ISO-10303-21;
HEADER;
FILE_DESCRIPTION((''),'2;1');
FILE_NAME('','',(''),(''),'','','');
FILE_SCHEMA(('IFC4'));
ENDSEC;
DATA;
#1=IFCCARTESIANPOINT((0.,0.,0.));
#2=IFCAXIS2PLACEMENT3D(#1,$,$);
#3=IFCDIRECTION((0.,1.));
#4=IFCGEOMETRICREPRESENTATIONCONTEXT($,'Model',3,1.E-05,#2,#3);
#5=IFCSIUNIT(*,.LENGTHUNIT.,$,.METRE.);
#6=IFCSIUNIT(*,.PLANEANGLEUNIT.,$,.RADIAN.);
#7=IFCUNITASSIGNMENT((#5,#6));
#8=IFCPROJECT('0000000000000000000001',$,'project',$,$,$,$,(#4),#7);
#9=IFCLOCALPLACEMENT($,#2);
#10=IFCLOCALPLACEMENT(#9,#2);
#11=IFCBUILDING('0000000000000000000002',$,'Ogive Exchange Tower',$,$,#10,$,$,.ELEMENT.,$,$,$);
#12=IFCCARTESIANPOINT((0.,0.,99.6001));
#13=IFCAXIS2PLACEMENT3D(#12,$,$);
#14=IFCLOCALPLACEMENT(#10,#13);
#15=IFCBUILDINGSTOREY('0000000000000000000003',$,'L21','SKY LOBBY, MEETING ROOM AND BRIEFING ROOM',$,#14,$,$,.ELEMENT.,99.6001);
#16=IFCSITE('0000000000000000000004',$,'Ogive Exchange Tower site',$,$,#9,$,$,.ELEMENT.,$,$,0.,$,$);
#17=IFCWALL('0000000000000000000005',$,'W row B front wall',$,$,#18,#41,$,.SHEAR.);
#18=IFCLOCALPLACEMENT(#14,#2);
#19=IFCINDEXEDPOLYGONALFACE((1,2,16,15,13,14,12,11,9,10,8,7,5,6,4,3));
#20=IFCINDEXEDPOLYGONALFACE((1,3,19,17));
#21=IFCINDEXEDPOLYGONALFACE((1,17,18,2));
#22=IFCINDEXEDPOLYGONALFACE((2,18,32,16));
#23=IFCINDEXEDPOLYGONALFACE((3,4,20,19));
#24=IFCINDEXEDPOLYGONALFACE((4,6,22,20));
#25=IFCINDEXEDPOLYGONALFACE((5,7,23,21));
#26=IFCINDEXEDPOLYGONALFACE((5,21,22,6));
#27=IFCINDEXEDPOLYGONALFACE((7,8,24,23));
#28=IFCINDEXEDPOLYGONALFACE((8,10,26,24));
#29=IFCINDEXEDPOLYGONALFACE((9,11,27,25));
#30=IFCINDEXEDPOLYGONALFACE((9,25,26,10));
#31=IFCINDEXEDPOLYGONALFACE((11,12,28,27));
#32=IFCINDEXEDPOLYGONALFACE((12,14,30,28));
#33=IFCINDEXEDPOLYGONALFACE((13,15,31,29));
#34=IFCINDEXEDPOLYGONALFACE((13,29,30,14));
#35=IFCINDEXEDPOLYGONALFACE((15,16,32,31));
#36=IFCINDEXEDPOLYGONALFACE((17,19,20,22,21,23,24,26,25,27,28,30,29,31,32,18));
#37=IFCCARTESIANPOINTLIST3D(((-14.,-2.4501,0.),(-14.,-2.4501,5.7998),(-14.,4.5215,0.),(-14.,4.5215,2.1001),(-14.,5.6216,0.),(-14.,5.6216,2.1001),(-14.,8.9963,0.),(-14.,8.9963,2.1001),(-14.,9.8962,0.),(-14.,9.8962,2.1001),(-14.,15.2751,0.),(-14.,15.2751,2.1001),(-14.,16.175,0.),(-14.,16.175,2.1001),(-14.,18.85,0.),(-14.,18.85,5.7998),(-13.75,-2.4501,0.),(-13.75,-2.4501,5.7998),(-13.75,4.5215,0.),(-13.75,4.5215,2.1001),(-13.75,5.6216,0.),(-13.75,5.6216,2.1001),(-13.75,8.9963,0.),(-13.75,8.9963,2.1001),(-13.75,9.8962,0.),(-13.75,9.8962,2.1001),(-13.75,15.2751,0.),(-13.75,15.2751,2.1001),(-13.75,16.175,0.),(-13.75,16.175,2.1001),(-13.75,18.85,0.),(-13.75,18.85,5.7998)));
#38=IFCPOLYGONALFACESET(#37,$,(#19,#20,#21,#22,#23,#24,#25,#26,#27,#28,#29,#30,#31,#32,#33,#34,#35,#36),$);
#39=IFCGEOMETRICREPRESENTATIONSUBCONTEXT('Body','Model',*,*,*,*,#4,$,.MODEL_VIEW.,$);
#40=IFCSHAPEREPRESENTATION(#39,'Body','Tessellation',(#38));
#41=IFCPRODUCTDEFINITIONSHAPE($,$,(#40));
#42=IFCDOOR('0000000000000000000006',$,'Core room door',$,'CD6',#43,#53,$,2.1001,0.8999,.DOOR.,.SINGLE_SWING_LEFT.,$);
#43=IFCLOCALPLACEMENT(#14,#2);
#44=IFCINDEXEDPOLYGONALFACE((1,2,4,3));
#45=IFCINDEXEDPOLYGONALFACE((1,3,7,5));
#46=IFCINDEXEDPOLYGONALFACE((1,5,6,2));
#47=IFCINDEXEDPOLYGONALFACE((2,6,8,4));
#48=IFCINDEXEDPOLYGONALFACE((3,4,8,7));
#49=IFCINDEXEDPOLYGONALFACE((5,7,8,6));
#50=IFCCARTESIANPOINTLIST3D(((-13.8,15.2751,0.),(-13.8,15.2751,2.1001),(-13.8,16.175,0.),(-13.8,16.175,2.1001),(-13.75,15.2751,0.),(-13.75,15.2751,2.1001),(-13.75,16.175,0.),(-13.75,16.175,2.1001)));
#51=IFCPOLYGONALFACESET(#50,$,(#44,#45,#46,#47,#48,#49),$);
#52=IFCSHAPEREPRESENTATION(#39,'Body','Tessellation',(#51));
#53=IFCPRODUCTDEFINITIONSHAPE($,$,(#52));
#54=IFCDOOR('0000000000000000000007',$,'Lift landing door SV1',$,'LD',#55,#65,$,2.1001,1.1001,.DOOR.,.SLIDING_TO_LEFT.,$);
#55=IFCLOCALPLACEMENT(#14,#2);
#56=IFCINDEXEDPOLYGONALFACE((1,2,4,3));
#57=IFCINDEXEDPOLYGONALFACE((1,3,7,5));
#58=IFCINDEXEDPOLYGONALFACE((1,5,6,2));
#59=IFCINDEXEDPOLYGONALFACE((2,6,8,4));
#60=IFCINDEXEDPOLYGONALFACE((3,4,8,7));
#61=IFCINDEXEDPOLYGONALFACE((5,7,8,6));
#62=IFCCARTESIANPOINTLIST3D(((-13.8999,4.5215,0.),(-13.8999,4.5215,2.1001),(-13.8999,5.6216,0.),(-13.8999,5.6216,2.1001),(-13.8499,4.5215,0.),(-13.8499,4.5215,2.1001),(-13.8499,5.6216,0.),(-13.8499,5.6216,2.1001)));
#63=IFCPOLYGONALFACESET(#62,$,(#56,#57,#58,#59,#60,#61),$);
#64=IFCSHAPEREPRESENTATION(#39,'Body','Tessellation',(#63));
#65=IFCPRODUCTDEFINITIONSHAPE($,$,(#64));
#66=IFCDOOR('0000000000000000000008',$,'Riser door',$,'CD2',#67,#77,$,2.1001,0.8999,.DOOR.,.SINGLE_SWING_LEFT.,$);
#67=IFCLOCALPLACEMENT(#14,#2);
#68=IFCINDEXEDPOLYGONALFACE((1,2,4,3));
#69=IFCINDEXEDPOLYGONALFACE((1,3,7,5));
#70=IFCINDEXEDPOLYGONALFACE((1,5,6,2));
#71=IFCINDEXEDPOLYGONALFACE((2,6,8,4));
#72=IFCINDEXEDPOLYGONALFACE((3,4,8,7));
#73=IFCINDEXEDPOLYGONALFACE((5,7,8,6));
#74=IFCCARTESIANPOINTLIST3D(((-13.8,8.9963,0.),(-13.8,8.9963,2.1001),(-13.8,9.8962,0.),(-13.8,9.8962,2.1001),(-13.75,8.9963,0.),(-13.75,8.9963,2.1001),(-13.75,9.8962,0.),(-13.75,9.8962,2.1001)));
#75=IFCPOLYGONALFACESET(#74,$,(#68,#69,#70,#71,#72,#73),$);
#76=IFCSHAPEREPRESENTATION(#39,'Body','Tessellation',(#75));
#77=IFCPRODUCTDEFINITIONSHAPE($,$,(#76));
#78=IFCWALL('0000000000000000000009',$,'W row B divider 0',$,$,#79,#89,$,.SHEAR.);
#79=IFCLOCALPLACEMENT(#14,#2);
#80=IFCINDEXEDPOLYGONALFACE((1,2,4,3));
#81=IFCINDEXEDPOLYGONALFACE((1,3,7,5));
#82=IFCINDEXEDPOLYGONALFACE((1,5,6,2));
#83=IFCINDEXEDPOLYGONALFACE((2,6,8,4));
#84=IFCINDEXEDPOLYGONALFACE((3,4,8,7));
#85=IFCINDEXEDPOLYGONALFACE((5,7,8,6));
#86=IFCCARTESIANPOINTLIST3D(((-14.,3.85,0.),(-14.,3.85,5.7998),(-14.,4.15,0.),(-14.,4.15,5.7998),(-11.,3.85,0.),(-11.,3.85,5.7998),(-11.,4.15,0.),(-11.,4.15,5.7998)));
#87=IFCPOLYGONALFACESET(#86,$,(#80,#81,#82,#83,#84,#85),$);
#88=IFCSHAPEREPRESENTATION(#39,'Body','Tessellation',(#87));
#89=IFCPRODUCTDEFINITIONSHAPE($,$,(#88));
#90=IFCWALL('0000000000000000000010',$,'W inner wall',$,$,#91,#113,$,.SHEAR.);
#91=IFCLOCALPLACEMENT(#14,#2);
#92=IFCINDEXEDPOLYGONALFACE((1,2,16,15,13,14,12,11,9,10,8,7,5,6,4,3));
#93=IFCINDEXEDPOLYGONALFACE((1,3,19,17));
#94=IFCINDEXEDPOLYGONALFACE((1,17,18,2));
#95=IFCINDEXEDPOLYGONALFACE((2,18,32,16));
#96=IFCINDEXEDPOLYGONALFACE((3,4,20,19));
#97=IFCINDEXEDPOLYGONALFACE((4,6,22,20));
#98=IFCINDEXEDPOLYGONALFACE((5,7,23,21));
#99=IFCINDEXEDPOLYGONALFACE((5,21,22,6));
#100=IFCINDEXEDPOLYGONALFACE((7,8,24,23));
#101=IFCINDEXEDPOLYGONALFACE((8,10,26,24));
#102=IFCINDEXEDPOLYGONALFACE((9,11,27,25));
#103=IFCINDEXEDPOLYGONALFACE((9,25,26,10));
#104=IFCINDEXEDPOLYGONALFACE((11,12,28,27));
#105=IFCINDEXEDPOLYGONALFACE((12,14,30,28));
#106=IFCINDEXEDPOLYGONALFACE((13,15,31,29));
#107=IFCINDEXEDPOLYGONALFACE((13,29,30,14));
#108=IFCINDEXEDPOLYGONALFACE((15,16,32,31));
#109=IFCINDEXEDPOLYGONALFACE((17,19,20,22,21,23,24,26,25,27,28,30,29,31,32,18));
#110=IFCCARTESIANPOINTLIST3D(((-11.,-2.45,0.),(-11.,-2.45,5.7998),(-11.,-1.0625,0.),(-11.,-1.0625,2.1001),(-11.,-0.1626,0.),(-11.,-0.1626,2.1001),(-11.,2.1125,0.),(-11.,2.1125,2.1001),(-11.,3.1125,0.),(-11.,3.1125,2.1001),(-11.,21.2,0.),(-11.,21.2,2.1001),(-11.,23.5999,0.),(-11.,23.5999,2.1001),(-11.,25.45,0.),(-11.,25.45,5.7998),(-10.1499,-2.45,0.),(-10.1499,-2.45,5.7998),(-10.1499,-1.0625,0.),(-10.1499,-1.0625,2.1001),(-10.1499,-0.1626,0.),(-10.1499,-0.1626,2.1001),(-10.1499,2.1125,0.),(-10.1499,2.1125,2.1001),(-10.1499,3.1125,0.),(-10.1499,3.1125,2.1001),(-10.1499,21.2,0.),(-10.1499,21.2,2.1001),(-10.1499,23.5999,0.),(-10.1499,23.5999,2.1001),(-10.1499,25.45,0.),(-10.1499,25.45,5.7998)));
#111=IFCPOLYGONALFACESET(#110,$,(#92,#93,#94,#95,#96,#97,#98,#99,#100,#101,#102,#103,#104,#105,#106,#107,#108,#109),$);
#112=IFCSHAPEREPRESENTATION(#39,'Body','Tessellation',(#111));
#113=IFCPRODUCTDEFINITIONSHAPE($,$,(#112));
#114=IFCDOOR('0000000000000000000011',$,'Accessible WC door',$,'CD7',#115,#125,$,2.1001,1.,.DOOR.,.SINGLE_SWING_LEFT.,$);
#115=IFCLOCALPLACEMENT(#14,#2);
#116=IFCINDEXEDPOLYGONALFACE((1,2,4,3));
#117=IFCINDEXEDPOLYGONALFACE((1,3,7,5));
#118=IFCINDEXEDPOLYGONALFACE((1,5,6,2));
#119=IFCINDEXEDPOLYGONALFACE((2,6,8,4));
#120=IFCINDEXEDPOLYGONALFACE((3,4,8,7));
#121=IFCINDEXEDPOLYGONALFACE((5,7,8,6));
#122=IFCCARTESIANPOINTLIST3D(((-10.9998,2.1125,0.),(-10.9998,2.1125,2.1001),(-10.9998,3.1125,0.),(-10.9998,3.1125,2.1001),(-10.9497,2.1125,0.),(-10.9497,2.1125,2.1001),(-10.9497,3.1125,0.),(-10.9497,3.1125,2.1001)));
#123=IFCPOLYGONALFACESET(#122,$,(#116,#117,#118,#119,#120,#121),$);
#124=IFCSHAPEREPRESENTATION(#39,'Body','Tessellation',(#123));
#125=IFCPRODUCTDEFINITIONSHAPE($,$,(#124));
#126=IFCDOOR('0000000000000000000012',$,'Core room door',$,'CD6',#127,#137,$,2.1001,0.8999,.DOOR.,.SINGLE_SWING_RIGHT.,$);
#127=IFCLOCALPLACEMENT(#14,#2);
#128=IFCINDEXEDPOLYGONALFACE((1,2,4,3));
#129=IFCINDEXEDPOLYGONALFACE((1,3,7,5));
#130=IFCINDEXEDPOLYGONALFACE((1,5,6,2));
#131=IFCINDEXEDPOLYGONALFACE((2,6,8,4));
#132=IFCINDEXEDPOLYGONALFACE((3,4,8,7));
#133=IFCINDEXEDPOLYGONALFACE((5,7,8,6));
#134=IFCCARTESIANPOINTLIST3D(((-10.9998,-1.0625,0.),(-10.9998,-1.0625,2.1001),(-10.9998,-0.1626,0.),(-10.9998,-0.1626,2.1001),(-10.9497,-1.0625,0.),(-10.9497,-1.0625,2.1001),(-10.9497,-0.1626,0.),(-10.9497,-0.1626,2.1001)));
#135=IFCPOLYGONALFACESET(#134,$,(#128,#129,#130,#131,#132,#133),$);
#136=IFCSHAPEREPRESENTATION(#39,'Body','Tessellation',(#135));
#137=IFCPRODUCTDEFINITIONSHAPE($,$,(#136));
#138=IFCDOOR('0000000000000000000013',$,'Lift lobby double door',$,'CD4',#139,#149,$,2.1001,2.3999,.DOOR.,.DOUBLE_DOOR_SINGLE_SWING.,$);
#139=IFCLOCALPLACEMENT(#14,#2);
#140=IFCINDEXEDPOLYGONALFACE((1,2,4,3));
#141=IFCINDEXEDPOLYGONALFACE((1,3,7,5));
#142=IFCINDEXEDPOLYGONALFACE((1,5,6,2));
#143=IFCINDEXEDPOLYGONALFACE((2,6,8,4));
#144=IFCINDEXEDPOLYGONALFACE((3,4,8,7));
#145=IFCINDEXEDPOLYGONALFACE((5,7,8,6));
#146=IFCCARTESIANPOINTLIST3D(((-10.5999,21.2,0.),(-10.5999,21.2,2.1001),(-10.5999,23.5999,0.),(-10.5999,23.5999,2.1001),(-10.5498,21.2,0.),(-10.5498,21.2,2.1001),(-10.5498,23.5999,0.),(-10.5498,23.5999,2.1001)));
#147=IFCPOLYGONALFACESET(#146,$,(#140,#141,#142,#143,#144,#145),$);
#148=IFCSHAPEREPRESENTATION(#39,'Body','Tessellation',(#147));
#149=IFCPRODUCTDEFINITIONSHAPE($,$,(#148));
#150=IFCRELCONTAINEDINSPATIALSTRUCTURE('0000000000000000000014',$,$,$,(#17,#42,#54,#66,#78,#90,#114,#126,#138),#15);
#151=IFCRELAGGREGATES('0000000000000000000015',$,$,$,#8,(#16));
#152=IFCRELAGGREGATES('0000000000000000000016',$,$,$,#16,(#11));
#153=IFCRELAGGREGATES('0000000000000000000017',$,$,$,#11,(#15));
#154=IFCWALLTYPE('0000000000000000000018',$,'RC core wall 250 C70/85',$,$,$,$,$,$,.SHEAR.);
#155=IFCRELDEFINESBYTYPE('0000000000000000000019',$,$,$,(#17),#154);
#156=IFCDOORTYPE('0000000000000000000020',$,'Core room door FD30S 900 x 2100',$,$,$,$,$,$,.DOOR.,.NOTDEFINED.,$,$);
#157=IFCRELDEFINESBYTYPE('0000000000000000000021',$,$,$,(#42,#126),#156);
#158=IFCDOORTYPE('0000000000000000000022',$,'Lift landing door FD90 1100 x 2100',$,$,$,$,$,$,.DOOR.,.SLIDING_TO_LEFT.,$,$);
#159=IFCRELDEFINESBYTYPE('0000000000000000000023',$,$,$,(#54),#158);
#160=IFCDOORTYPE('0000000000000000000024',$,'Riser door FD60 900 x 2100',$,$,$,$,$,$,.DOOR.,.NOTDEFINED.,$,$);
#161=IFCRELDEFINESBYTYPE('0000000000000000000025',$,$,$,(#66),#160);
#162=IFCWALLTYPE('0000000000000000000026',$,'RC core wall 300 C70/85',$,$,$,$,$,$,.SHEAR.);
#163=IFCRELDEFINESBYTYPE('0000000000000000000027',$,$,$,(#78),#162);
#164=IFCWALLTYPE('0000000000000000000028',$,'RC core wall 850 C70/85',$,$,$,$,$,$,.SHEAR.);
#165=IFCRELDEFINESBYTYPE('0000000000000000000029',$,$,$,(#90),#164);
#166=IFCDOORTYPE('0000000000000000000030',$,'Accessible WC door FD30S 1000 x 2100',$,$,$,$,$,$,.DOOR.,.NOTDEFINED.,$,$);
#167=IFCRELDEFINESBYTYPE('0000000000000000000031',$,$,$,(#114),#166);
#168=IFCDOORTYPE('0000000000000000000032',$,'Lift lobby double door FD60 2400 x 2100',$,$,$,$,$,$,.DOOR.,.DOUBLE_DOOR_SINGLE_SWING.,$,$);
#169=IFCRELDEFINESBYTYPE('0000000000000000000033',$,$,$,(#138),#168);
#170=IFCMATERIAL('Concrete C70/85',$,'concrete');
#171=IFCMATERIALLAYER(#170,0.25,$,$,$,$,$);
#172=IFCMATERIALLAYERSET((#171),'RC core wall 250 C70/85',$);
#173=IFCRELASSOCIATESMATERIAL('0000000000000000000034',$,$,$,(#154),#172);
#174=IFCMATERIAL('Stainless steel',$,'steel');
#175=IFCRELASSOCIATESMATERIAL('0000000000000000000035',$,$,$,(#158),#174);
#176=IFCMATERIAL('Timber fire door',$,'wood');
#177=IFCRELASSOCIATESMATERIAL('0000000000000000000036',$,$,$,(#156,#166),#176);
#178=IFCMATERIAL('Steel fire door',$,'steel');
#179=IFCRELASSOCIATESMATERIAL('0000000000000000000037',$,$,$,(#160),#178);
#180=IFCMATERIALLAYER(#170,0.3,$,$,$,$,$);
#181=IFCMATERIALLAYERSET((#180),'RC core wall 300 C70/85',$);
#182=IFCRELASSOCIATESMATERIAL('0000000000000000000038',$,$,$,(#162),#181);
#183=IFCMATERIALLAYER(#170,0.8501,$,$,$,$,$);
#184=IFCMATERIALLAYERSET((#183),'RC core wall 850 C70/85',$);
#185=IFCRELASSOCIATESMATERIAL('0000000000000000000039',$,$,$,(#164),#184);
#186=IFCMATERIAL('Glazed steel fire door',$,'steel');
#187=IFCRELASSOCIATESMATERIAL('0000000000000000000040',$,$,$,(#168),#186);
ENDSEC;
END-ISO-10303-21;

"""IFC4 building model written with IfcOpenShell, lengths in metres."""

from ifc_helpers import new_model, si_unit, direction, frame, frame_2d, origin, place, context, subcontext, project, spatial, rectangle, extrude, material, layer, layer_set, type_object, element, fill, save


model = new_model("IFC4")

# Units and contexts
model_context = context("Model", 3, precision=1e-05, world=origin(), true_north=direction((0.0, 1.0)))
body_context = subcontext(model_context, "Body", "Model", "MODEL_VIEW")
ifc_project = project(units=[si_unit("LENGTHUNIT", "METRE"), si_unit("PLANEANGLEUNIT", "RADIAN")], contexts=[model_context])

# Site, building, storey
site_placement = place(None, origin())
site = spatial("IfcSite", under=ifc_project, at=site_placement, Name="Ogive Exchange Tower site", CompositionType="ELEMENT", RefElevation=0.0)
building_placement = place(site_placement, origin())
building = spatial("IfcBuilding", under=site, at=building_placement, Name="Ogive Exchange Tower", CompositionType="ELEMENT")
storey_placement = place(building_placement, frame((0.0, 0.0, 99.6001)))
storey = spatial("IfcBuildingStorey", under=building, at=storey_placement, Name="L21", Description="SKY LOBBY, MEETING ROOM AND BRIEFING ROOM", CompositionType="ELEMENT", Elevation=99.6001)

# Shared definitions
ifc_material_1 = material(Name="Concrete C70/85", Category="concrete")
ifc_layer_1 = layer(ifc_material_1, 0.25)
ifc_layer_set_1 = layer_set([ifc_layer_1], Name="RC core wall 250 C70/85")
wall_type_1 = type_object("IfcWallType", Name="RC core wall 250 C70/85", PredefinedType="SHEAR", material=ifc_layer_set_1)
ifc_material_2 = material(Name="Steel fire door", Category="steel")

# Wall, openings, doors
ifc_material_3 = material(Name="Stainless steel", Category="steel")
door_type_1 = type_object("IfcDoorType", Name="Lift landing door FD90 1100 x 2100", OperationType="SLIDING_TO_LEFT", PredefinedType="DOOR", material=ifc_material_3)
wall_1_placement = place(storey_placement, frame((-13.875, -2.45, 0.0), z_axis=(0.0, 0.0, 1.0), x_axis=(0.0, 1.0, 0.0)))
wall_1 = element("IfcWall", 1, at=wall_1_placement, inside=storey, type_object=wall_type_1, Name="W row B front wall", PredefinedType="SHEAR", context=body_context, shape_type="SweptSolid", body=[
    extrude(rectangle(XDim=21.3, YDim=0.25, at=frame_2d((10.6499, 0.0))), origin(), (0.0, 0.0, 1.0), 5.7998),
])
opening_1_placement = place(wall_1_placement, frame((11.4463, 0.0, 0.0)))
opening_1 = element("IfcOpeningElement", 2, at=opening_1_placement, cuts=wall_1, PredefinedType="OPENING", context=body_context, shape_type="SweptSolid", body=[
    extrude(rectangle(XDim=0.8999, YDim=2.1001, at=frame_2d((0.45, 1.05))), frame((0.0, 0.135, 0.0), z_axis=(0.0, -1.0, 0.0), x_axis=(1.0, 0.0, 0.0)), (0.0, 0.0, 1.0), 0.27),
])
opening_2_placement = place(wall_1_placement, frame((17.7251, 0.0, 0.0)))
opening_2 = element("IfcOpeningElement", 3, at=opening_2_placement, cuts=wall_1, PredefinedType="OPENING", context=body_context, shape_type="SweptSolid", body=[
    extrude(rectangle(XDim=0.8999, YDim=2.1001, at=frame_2d((0.45, 1.05))), frame((0.0, 0.135, 0.0), z_axis=(0.0, -1.0, 0.0), x_axis=(1.0, 0.0, 0.0)), (0.0, 0.0, 1.0), 0.27),
])
opening_3_placement = place(wall_1_placement, frame((6.9714, 0.0, 0.0)))
opening_3 = element("IfcOpeningElement", 4, at=opening_3_placement, cuts=wall_1, PredefinedType="OPENING", context=body_context, shape_type="SweptSolid", body=[
    extrude(rectangle(XDim=1.1001, YDim=2.1001, at=frame_2d((0.55, 1.05))), frame((0.0, 0.135, 0.0), z_axis=(0.0, -1.0, 0.0), x_axis=(1.0, 0.0, 0.0)), (0.0, 0.0, 1.0), 0.27),
])
ifc_material_4 = material(Name="Timber fire door", Category="wood")
door_type_2 = type_object("IfcDoorType", Name="Core room door FD30S 900 x 2100", OperationType="NOTDEFINED", PredefinedType="DOOR", material=ifc_material_4)
door_1_placement = place(opening_2_placement, frame((0.8999, -0.2002, 0.0), z_axis=(0.0, 0.0, 1.0), x_axis=(-1.0, 0.0, 0.0)))
door_1 = element("IfcDoor", 5, at=door_1_placement, inside=storey, type_object=door_type_2, Name="Core room door", ObjectType="CD6", OperationType="SINGLE_SWING_LEFT", OverallHeight=2.1001, OverallWidth=0.8999, PredefinedType="DOOR", context=body_context, shape_type="SweptSolid", body=[
    extrude(rectangle(XDim=0.8999, YDim=2.1001, at=frame_2d((0.45, 1.05))), frame((0.0, -0.0752, 0.0), z_axis=(0.0, -1.0, 0.0), x_axis=(1.0, 0.0, 0.0)), (0.0, 0.0, 1.0), 0.05),
])
fill(opening_2, door_1)
door_2_placement = place(opening_3_placement, origin())
door_2 = element("IfcDoor", 6, at=door_2_placement, inside=storey, type_object=door_type_1, Name="Lift landing door SV1", ObjectType="LD", OperationType="SLIDING_TO_LEFT", OverallHeight=2.1001, OverallWidth=1.1001, PredefinedType="DOOR", context=body_context, shape_type="SweptSolid", body=[
    extrude(rectangle(XDim=1.1001, YDim=2.1001, at=frame_2d((0.55, 1.05))), frame((0.0, 0.0249, 0.0), z_axis=(0.0, -1.0, 0.0), x_axis=(1.0, 0.0, 0.0)), (0.0, 0.0, 1.0), 0.05),
])
fill(opening_3, door_2)
door_type_3 = type_object("IfcDoorType", Name="Riser door FD60 900 x 2100", OperationType="NOTDEFINED", PredefinedType="DOOR", material=ifc_material_2)
door_3_placement = place(opening_1_placement, frame((0.8999, -0.2002, 0.0), z_axis=(0.0, 0.0, 1.0), x_axis=(-1.0, 0.0, 0.0)))
door_3 = element("IfcDoor", 7, at=door_3_placement, inside=storey, type_object=door_type_3, Name="Riser door", ObjectType="CD2", OperationType="SINGLE_SWING_LEFT", OverallHeight=2.1001, OverallWidth=0.8999, PredefinedType="DOOR", context=body_context, shape_type="SweptSolid", body=[
    extrude(rectangle(XDim=0.8999, YDim=2.1001, at=frame_2d((0.45, 1.05))), frame((0.0, -0.0752, 0.0), z_axis=(0.0, -1.0, 0.0), x_axis=(1.0, 0.0, 0.0)), (0.0, 0.0, 1.0), 0.05),
])
fill(opening_1, door_3)

# Wall
ifc_layer_2 = layer(ifc_material_1, 0.3)
ifc_layer_set_2 = layer_set([ifc_layer_2], Name="RC core wall 300 C70/85")
wall_type_2 = type_object("IfcWallType", Name="RC core wall 300 C70/85", PredefinedType="SHEAR", material=ifc_layer_set_2)
wall_2_placement = place(storey_placement, frame((-14.0, 4.0, 0.0), z_axis=(0.0, 0.0, 1.0), x_axis=(1.0, 0.0, 0.0)))
element("IfcWall", 8, at=wall_2_placement, inside=storey, type_object=wall_type_2, Name="W row B divider 0", PredefinedType="SHEAR", context=body_context, shape_type="SweptSolid", body=[
    extrude(rectangle(XDim=3.0, YDim=0.3, at=frame_2d((1.5, 0.0))), origin(), (0.0, 0.0, 1.0), 5.7998),
])

# Wall, openings, doors
ifc_layer_3 = layer(ifc_material_1, 0.8501)
ifc_layer_set_3 = layer_set([ifc_layer_3], Name="RC core wall 850 C70/85")
wall_type_3 = type_object("IfcWallType", Name="RC core wall 850 C70/85", PredefinedType="SHEAR", material=ifc_layer_set_3)
wall_3_placement = place(storey_placement, frame((-10.575, -2.45, 0.0), z_axis=(0.0, 0.0, 1.0), x_axis=(0.0, 1.0, 0.0)))
wall_3 = element("IfcWall", 9, at=wall_3_placement, inside=storey, type_object=wall_type_3, Name="W inner wall", PredefinedType="SHEAR", context=body_context, shape_type="SweptSolid", body=[
    extrude(rectangle(XDim=27.8999, YDim=0.8501, at=frame_2d((13.95, 0.0))), origin(), (0.0, 0.0, 1.0), 5.7998),
])
opening_4_placement = place(wall_3_placement, frame((23.6499, 0.0, 0.0)))
opening_4 = element("IfcOpeningElement", 10, at=opening_4_placement, cuts=wall_3, PredefinedType="OPENING", context=body_context, shape_type="SweptSolid", body=[
    extrude(rectangle(XDim=2.3999, YDim=2.1001, at=frame_2d((1.2, 1.05))), frame((0.0, 0.4351, 0.0), z_axis=(0.0, -1.0, 0.0), x_axis=(1.0, 0.0, 0.0)), (0.0, 0.0, 1.0), 0.8701),
])
opening_5_placement = place(wall_3_placement, frame((1.3875, 0.0, 0.0)))
opening_5 = element("IfcOpeningElement", 11, at=opening_5_placement, cuts=wall_3, PredefinedType="OPENING", context=body_context, shape_type="SweptSolid", body=[
    extrude(rectangle(XDim=0.8999, YDim=2.1001, at=frame_2d((0.45, 1.05))), frame((0.0, 0.4351, 0.0), z_axis=(0.0, -1.0, 0.0), x_axis=(1.0, 0.0, 0.0)), (0.0, 0.0, 1.0), 0.8701),
])
opening_6_placement = place(wall_3_placement, frame((4.5625, 0.0, 0.0)))
opening_6 = element("IfcOpeningElement", 12, at=opening_6_placement, cuts=wall_3, PredefinedType="OPENING", context=body_context, shape_type="SweptSolid", body=[
    extrude(rectangle(XDim=1.0, YDim=2.1001, at=frame_2d((0.5, 1.05))), frame((0.0, 0.4351, 0.0), z_axis=(0.0, -1.0, 0.0), x_axis=(1.0, 0.0, 0.0)), (0.0, 0.0, 1.0), 0.8701),
])
door_type_4 = type_object("IfcDoorType", Name="Accessible WC door FD30S 1000 x 2100", OperationType="NOTDEFINED", PredefinedType="DOOR", material=ifc_material_4)
door_4_placement = place(opening_6_placement, origin())
door_4 = element("IfcDoor", 13, at=door_4_placement, inside=storey, type_object=door_type_4, Name="Accessible WC door", ObjectType="CD7", OperationType="SINGLE_SWING_LEFT", OverallHeight=2.1001, OverallWidth=1.0, PredefinedType="DOOR", context=body_context, shape_type="SweptSolid", body=[
    extrude(rectangle(XDim=1.0, YDim=2.1001, at=frame_2d((0.5, 1.05))), frame((0.0, 0.4248, 0.0), z_axis=(0.0, -1.0, 0.0), x_axis=(1.0, 0.0, 0.0)), (0.0, 0.0, 1.0), 0.05),
])
fill(opening_6, door_4)
door_5_placement = place(opening_5_placement, origin())
door_5 = element("IfcDoor", 14, at=door_5_placement, inside=storey, type_object=door_type_2, Name="Core room door", ObjectType="CD6", OperationType="SINGLE_SWING_RIGHT", OverallHeight=2.1001, OverallWidth=0.8999, PredefinedType="DOOR", context=body_context, shape_type="SweptSolid", body=[
    extrude(rectangle(XDim=0.8999, YDim=2.1001, at=frame_2d((0.45, 1.05))), frame((0.0, 0.4248, 0.0), z_axis=(0.0, -1.0, 0.0), x_axis=(1.0, 0.0, 0.0)), (0.0, 0.0, 1.0), 0.05),
])
fill(opening_5, door_5)
ifc_material_5 = material(Name="Glazed steel fire door", Category="steel")
door_type_5 = type_object("IfcDoorType", Name="Lift lobby double door FD60 2400 x 2100", OperationType="DOUBLE_DOOR_SINGLE_SWING", PredefinedType="DOOR", material=ifc_material_5)
door_6_placement = place(opening_4_placement, origin())
door_6 = element("IfcDoor", 15, at=door_6_placement, inside=storey, type_object=door_type_5, Name="Lift lobby double door", ObjectType="CD4", OperationType="DOUBLE_DOOR_SINGLE_SWING", OverallHeight=2.1001, OverallWidth=2.3999, PredefinedType="DOOR", context=body_context, shape_type="SweptSolid", body=[
    extrude(rectangle(XDim=2.3999, YDim=2.1001, at=frame_2d((1.2, 1.05))), frame((0.0, 0.0249, 0.0), z_axis=(0.0, -1.0, 0.0), x_axis=(1.0, 0.0, 0.0)), (0.0, 0.0, 1.0), 0.05),
])
fill(opening_4, door_6)

save(model, "model.ifc")
